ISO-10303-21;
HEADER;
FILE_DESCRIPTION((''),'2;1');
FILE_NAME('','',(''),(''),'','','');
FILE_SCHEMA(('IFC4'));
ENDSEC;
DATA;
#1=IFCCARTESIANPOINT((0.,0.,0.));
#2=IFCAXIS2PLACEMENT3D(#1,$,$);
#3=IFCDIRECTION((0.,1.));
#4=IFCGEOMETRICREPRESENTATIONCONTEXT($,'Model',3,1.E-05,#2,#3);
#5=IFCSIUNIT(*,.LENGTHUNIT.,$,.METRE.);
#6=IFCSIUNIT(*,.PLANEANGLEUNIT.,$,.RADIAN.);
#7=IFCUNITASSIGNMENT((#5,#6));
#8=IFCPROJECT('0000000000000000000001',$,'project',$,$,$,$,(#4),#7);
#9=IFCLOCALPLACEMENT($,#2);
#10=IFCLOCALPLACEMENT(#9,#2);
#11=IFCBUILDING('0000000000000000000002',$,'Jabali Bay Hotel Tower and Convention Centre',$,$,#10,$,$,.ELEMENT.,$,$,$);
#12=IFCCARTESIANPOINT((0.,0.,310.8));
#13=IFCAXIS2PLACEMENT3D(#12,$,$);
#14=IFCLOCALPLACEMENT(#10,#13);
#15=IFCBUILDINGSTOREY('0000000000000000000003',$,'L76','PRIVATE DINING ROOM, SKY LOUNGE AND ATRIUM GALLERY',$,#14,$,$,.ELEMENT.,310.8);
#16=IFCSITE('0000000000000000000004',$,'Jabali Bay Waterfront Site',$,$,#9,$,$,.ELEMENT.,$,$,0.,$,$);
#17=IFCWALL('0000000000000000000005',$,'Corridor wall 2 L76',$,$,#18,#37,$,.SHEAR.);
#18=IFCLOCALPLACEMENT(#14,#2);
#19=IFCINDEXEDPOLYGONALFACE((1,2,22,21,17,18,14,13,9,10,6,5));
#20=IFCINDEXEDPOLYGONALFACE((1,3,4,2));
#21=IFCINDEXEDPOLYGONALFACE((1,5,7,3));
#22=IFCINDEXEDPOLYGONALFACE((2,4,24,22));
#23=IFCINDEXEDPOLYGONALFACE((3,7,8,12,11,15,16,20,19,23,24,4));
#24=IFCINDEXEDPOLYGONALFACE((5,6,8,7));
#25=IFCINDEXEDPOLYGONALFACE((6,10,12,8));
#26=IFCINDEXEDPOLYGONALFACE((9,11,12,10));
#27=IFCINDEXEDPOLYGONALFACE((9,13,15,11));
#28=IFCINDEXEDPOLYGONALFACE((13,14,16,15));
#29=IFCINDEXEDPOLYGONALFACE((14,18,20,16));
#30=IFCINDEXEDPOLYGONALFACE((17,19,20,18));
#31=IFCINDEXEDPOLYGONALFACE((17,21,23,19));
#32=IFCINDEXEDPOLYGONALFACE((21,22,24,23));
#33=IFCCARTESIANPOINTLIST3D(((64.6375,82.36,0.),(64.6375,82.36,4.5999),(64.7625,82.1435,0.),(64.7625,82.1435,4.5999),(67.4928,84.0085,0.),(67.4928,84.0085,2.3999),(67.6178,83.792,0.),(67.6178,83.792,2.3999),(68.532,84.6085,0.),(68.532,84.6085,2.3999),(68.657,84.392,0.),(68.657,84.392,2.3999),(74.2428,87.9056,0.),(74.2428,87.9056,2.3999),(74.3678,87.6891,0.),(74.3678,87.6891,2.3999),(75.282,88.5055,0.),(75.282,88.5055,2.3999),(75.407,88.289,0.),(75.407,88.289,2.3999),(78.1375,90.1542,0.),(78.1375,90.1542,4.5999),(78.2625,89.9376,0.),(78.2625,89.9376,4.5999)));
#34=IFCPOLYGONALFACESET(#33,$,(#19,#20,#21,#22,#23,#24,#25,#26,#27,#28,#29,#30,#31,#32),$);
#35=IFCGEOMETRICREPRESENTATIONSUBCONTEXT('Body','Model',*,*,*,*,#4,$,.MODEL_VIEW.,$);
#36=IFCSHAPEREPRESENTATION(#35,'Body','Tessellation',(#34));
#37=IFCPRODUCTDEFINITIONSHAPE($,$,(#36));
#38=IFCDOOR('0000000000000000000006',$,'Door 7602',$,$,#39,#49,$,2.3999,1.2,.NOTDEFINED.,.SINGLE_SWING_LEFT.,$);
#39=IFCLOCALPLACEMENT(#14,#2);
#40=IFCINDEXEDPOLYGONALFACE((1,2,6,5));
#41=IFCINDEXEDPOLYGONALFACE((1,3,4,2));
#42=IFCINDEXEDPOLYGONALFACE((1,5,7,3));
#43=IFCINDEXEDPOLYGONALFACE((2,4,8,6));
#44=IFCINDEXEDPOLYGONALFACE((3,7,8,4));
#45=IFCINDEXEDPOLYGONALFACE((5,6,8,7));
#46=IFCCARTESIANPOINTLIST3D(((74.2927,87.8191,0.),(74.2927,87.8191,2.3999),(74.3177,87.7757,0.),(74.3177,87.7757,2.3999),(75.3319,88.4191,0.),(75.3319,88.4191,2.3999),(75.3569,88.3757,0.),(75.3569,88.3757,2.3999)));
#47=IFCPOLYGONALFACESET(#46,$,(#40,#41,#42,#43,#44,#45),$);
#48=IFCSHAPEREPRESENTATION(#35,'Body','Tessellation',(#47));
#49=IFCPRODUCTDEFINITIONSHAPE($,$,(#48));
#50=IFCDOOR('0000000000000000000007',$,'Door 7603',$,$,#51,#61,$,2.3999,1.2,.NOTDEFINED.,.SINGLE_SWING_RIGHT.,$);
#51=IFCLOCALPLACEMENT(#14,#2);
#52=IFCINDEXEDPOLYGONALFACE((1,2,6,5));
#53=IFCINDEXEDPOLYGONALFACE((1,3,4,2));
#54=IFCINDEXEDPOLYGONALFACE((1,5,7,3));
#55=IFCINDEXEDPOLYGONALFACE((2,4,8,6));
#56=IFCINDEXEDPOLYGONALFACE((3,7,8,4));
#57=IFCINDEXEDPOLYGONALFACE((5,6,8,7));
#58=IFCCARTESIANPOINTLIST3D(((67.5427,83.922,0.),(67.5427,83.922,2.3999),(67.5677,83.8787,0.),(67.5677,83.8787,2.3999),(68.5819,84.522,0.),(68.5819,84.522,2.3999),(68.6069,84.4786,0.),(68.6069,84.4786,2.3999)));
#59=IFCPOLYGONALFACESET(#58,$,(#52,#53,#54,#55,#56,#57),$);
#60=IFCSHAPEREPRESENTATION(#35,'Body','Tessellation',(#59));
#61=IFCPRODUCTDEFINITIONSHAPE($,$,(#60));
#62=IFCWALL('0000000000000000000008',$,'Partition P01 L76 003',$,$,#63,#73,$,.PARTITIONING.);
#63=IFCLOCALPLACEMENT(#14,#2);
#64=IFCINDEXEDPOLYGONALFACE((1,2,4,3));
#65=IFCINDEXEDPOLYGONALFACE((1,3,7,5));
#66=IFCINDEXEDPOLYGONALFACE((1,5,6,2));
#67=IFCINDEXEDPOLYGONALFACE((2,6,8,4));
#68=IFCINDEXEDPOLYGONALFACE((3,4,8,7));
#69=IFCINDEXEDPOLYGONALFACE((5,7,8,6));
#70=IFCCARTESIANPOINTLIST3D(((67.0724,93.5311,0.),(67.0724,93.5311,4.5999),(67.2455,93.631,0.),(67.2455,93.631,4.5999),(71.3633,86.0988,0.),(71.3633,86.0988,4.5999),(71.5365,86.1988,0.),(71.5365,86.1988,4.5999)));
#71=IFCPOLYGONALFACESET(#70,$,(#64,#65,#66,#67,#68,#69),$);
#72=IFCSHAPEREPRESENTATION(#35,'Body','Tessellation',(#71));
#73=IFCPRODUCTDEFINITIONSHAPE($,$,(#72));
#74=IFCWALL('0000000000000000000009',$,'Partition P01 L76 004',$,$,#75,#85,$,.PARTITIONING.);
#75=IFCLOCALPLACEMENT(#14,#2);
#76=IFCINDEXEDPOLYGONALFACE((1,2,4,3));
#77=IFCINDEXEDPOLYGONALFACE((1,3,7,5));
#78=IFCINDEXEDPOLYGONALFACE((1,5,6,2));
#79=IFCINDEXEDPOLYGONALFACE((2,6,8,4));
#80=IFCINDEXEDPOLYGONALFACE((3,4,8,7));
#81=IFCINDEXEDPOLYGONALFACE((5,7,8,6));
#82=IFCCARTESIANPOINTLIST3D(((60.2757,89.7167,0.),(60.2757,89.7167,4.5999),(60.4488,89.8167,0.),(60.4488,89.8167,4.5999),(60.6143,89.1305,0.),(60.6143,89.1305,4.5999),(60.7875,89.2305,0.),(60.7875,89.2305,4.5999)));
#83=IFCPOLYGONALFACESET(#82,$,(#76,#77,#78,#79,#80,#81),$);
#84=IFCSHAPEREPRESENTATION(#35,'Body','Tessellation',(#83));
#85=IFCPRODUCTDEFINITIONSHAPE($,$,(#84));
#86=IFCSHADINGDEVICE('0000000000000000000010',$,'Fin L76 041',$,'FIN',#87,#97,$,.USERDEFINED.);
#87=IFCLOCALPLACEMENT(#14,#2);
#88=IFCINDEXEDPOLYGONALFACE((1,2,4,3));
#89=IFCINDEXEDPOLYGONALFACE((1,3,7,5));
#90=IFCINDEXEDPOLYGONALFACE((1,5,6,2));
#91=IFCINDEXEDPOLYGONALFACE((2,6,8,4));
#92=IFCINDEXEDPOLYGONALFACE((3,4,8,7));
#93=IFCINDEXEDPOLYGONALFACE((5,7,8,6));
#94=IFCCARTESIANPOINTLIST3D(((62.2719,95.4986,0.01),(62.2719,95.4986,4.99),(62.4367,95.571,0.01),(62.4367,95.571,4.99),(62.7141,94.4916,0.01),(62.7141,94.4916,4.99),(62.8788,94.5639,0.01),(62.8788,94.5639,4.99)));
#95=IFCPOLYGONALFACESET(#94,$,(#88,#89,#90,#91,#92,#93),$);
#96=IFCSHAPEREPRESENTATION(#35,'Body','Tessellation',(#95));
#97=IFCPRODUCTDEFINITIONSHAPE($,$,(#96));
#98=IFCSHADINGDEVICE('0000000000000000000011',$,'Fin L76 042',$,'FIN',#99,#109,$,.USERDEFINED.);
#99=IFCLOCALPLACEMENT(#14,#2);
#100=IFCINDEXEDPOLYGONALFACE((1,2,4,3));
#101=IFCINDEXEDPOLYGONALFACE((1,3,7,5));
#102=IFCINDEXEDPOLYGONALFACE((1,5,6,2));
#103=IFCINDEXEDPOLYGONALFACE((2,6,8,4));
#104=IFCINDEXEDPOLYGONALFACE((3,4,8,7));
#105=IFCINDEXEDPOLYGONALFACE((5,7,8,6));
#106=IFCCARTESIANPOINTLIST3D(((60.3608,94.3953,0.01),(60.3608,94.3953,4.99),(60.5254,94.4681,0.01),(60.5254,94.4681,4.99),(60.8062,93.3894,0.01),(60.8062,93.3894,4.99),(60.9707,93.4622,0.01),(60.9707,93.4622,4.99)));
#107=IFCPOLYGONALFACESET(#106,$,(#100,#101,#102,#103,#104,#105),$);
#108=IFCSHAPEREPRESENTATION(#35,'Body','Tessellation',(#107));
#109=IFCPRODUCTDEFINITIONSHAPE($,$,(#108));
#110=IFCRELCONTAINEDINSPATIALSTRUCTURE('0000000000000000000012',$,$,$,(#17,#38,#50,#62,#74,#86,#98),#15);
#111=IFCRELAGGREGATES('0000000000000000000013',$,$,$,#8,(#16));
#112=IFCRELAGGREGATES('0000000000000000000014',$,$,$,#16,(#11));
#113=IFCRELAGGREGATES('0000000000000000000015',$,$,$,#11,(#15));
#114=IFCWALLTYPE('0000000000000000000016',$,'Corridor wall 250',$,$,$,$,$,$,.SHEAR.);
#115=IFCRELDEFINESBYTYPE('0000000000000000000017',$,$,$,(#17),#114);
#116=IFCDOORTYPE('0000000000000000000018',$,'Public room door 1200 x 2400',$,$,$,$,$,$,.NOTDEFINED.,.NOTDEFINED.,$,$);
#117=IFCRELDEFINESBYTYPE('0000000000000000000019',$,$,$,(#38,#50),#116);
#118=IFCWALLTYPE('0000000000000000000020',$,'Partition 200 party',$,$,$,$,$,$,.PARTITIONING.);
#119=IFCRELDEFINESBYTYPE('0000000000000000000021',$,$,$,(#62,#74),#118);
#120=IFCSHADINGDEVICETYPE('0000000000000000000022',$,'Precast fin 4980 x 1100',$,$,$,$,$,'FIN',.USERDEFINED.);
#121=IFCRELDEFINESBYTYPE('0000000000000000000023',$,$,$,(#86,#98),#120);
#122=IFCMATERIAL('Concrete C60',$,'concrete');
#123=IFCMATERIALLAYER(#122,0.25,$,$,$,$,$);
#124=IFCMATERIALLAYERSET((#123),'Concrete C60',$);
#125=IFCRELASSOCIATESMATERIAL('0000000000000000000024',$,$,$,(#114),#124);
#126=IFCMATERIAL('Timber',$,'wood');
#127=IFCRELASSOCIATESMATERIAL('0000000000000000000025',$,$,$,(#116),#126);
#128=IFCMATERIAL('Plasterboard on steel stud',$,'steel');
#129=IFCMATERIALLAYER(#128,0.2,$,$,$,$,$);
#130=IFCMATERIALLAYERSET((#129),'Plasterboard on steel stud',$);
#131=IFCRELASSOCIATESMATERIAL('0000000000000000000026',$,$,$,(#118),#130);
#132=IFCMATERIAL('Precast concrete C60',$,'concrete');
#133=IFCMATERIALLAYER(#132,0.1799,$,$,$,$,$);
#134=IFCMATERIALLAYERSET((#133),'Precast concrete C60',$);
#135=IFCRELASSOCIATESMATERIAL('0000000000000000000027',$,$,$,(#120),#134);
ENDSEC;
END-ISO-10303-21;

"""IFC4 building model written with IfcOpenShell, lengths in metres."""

from ifc_helpers import new_model, si_unit, direction, frame, frame_2d, origin, place, context, subcontext, project, spatial, rectangle, extrude, material, layer, layer_set, type_object, element, fill, save


model = new_model("IFC4")

# Units and contexts
model_context = context("Model", 3, precision=1e-05, world=origin(), true_north=direction((0.0, 1.0)))
body_context = subcontext(model_context, "Body", "Model", "MODEL_VIEW")
ifc_project = project(units=[si_unit("LENGTHUNIT", "METRE"), si_unit("PLANEANGLEUNIT", "RADIAN")], contexts=[model_context])

# Site, building, storey
site_placement = place(None, origin())
site = spatial("IfcSite", under=ifc_project, at=site_placement, Name="Jabali Bay Waterfront Site", CompositionType="ELEMENT", RefElevation=0.0)
building_placement = place(site_placement, origin())
building = spatial("IfcBuilding", under=site, at=building_placement, Name="Jabali Bay Hotel Tower and Convention Centre", CompositionType="ELEMENT")
storey_placement = place(building_placement, frame((0.0, 0.0, 310.8)))
storey = spatial("IfcBuildingStorey", under=building, at=storey_placement, Name="L76", Description="PRIVATE DINING ROOM, SKY LOUNGE AND ATRIUM GALLERY", CompositionType="ELEMENT", Elevation=310.8)

# Shared definitions
ifc_material_1 = material(Name="Concrete C60", Category="concrete")

# Wall, openings, doors
ifc_layer_1 = layer(ifc_material_1, 0.25)
ifc_layer_set_1 = layer_set([ifc_layer_1], Name="Concrete C60")
wall_type_1 = type_object("IfcWallType", Name="Corridor wall 250", PredefinedType="SHEAR", material=ifc_layer_set_1)
wall_1_placement = place(storey_placement, frame((78.2, 90.0459, 0.0), z_axis=(0.0, 0.0, 1.0), x_axis=(-0.866026, -0.499998, 0.0)))
wall_1 = element("IfcWall", 1, at=wall_1_placement, inside=storey, type_object=wall_type_1, Name="Corridor wall 2 L76", PredefinedType="SHEAR", context=body_context, shape_type="SweptSolid", body=[
    extrude(rectangle(XDim=15.5884, YDim=0.25, at=frame_2d((7.7942, 0.0))), origin(), (0.0, 0.0, 1.0), 4.5999),
])
opening_1_placement = place(wall_1_placement, frame((3.2971, 0.0, 0.0)))
opening_1 = element("IfcOpeningElement", 2, at=opening_1_placement, cuts=wall_1, PredefinedType="OPENING", context=body_context, shape_type="SweptSolid", body=[
    extrude(rectangle(XDim=1.2, YDim=2.3999, at=frame_2d((0.6001, 1.2))), frame((0.0, 0.1355, 0.0), z_axis=(0.0, -1.0, 0.0), x_axis=(1.0, 0.0, 0.0)), (0.0, 0.0, 1.0), 0.271),
])
opening_2_placement = place(wall_1_placement, frame((11.0913, 0.0, 0.0)))
opening_2 = element("IfcOpeningElement", 3, at=opening_2_placement, cuts=wall_1, PredefinedType="OPENING", context=body_context, shape_type="SweptSolid", body=[
    extrude(rectangle(XDim=1.2, YDim=2.3999, at=frame_2d((0.6001, 1.2))), frame((0.0, 0.1355, 0.0), z_axis=(0.0, -1.0, 0.0), x_axis=(1.0, 0.0, 0.0)), (0.0, 0.0, 1.0), 0.271),
])
ifc_material_2 = material(Name="Timber", Category="wood")
door_type_1 = type_object("IfcDoorType", Name="Public room door 1200 x 2400", OperationType="NOTDEFINED", PredefinedType="NOTDEFINED", material=ifc_material_2)
door_1_placement = place(opening_1_placement, origin())
door_1 = element("IfcDoor", 4, at=door_1_placement, inside=storey, type_object=door_type_1, Name="Door 7602", OperationType="SINGLE_SWING_LEFT", OverallHeight=2.3999, OverallWidth=1.2, PredefinedType="NOTDEFINED", context=body_context, shape_type="SweptSolid", body=[
    extrude(rectangle(XDim=1.2, YDim=2.3999, at=frame_2d((0.6001, 1.2))), frame((0.0, 0.0249, 0.0), z_axis=(0.0, -1.0, 0.0), x_axis=(1.0, 0.0, 0.0)), (0.0, 0.0, 1.0), 0.05),
])
fill(opening_1, door_1)
door_2_placement = place(opening_2_placement, origin())
door_2 = element("IfcDoor", 5, at=door_2_placement, inside=storey, type_object=door_type_1, Name="Door 7603", OperationType="SINGLE_SWING_RIGHT", OverallHeight=2.3999, OverallWidth=1.2, PredefinedType="NOTDEFINED", context=body_context, shape_type="SweptSolid", body=[
    extrude(rectangle(XDim=1.2, YDim=2.3999, at=frame_2d((0.6001, 1.2))), frame((0.0, 0.0249, 0.0), z_axis=(0.0, -1.0, 0.0), x_axis=(1.0, 0.0, 0.0)), (0.0, 0.0, 1.0), 0.05),
])
fill(opening_2, door_2)

# Walls
ifc_material_3 = material(Name="Plasterboard on steel stud", Category="steel")
ifc_layer_2 = layer(ifc_material_3, 0.2)
ifc_layer_set_2 = layer_set([ifc_layer_2], Name="Plasterboard on steel stud")
wall_type_2 = type_object("IfcWallType", Name="Partition 200 party", PredefinedType="PARTITIONING", material=ifc_layer_set_2)
wall_2_placement = place(storey_placement, frame((67.1589, 93.5811, 0.0), z_axis=(0.0, 0.0, 1.0), x_axis=(0.499994, -0.866029, 0.0)))
element("IfcWall", 6, at=wall_2_placement, inside=storey, type_object=wall_type_2, Name="Partition P01 L76 003", PredefinedType="PARTITIONING", context=body_context, shape_type="SweptSolid", body=[
    extrude(rectangle(XDim=8.582, YDim=0.2, at=frame_2d((4.291, 0.0))), origin(), (0.0, 0.0, 1.0), 4.5999),
])
wall_3_placement = place(storey_placement, frame((60.3623, 89.7666, 0.0), z_axis=(0.0, 0.0, 1.0), x_axis=(0.500212, -0.865903, 0.0)))
element("IfcWall", 7, at=wall_3_placement, inside=storey, type_object=wall_type_2, Name="Partition P01 L76 004", PredefinedType="PARTITIONING", context=body_context, shape_type="SweptSolid", body=[
    extrude(rectangle(XDim=0.677, YDim=0.2, at=frame_2d((0.3384, 0.0))), origin(), (0.0, 0.0, 1.0), 4.5999),
])

# Shading devices
ifc_material_4 = material(Name="Precast concrete C60", Category="concrete")
ifc_layer_3 = layer(ifc_material_4, 0.1799)
ifc_layer_set_3 = layer_set([ifc_layer_3], Name="Precast concrete C60")
shading_device_type = type_object("IfcShadingDeviceType", Name="Precast fin 4980 x 1100", ElementType="FIN", PredefinedType="USERDEFINED", material=ifc_layer_set_3)
shading_device_1_placement = place(storey_placement, frame((62.7964, 94.5278, 0.01), z_axis=(0.0, 0.0, 1.0), x_axis=(-0.401995, 0.915642, 0.0)))
element("IfcShadingDevice", 8, at=shading_device_1_placement, inside=storey, type_object=shading_device_type, Name="Fin L76 041", ObjectType="FIN", PredefinedType="USERDEFINED", context=body_context, shape_type="SweptSolid", body=[
    extrude(rectangle(XDim=1.0999, YDim=0.1799, at=frame_2d((0.5498, 0.0))), origin(), (0.0, 0.0, 1.0), 4.98),
])
shading_device_2_placement = place(storey_placement, frame((60.8884, 93.4258, 0.01), z_axis=(0.0, 0.0, 1.0), x_axis=(-0.40482, 0.914396, 0.0)))
element("IfcShadingDevice", 9, at=shading_device_2_placement, inside=storey, type_object=shading_device_type, Name="Fin L76 042", ObjectType="FIN", PredefinedType="USERDEFINED", context=body_context, shape_type="SweptSolid", body=[
    extrude(rectangle(XDim=1.1001, YDim=0.1799, at=frame_2d((0.55, 0.0))), origin(), (0.0, 0.0, 1.0), 4.98),
])

save(model, "model.ifc")
